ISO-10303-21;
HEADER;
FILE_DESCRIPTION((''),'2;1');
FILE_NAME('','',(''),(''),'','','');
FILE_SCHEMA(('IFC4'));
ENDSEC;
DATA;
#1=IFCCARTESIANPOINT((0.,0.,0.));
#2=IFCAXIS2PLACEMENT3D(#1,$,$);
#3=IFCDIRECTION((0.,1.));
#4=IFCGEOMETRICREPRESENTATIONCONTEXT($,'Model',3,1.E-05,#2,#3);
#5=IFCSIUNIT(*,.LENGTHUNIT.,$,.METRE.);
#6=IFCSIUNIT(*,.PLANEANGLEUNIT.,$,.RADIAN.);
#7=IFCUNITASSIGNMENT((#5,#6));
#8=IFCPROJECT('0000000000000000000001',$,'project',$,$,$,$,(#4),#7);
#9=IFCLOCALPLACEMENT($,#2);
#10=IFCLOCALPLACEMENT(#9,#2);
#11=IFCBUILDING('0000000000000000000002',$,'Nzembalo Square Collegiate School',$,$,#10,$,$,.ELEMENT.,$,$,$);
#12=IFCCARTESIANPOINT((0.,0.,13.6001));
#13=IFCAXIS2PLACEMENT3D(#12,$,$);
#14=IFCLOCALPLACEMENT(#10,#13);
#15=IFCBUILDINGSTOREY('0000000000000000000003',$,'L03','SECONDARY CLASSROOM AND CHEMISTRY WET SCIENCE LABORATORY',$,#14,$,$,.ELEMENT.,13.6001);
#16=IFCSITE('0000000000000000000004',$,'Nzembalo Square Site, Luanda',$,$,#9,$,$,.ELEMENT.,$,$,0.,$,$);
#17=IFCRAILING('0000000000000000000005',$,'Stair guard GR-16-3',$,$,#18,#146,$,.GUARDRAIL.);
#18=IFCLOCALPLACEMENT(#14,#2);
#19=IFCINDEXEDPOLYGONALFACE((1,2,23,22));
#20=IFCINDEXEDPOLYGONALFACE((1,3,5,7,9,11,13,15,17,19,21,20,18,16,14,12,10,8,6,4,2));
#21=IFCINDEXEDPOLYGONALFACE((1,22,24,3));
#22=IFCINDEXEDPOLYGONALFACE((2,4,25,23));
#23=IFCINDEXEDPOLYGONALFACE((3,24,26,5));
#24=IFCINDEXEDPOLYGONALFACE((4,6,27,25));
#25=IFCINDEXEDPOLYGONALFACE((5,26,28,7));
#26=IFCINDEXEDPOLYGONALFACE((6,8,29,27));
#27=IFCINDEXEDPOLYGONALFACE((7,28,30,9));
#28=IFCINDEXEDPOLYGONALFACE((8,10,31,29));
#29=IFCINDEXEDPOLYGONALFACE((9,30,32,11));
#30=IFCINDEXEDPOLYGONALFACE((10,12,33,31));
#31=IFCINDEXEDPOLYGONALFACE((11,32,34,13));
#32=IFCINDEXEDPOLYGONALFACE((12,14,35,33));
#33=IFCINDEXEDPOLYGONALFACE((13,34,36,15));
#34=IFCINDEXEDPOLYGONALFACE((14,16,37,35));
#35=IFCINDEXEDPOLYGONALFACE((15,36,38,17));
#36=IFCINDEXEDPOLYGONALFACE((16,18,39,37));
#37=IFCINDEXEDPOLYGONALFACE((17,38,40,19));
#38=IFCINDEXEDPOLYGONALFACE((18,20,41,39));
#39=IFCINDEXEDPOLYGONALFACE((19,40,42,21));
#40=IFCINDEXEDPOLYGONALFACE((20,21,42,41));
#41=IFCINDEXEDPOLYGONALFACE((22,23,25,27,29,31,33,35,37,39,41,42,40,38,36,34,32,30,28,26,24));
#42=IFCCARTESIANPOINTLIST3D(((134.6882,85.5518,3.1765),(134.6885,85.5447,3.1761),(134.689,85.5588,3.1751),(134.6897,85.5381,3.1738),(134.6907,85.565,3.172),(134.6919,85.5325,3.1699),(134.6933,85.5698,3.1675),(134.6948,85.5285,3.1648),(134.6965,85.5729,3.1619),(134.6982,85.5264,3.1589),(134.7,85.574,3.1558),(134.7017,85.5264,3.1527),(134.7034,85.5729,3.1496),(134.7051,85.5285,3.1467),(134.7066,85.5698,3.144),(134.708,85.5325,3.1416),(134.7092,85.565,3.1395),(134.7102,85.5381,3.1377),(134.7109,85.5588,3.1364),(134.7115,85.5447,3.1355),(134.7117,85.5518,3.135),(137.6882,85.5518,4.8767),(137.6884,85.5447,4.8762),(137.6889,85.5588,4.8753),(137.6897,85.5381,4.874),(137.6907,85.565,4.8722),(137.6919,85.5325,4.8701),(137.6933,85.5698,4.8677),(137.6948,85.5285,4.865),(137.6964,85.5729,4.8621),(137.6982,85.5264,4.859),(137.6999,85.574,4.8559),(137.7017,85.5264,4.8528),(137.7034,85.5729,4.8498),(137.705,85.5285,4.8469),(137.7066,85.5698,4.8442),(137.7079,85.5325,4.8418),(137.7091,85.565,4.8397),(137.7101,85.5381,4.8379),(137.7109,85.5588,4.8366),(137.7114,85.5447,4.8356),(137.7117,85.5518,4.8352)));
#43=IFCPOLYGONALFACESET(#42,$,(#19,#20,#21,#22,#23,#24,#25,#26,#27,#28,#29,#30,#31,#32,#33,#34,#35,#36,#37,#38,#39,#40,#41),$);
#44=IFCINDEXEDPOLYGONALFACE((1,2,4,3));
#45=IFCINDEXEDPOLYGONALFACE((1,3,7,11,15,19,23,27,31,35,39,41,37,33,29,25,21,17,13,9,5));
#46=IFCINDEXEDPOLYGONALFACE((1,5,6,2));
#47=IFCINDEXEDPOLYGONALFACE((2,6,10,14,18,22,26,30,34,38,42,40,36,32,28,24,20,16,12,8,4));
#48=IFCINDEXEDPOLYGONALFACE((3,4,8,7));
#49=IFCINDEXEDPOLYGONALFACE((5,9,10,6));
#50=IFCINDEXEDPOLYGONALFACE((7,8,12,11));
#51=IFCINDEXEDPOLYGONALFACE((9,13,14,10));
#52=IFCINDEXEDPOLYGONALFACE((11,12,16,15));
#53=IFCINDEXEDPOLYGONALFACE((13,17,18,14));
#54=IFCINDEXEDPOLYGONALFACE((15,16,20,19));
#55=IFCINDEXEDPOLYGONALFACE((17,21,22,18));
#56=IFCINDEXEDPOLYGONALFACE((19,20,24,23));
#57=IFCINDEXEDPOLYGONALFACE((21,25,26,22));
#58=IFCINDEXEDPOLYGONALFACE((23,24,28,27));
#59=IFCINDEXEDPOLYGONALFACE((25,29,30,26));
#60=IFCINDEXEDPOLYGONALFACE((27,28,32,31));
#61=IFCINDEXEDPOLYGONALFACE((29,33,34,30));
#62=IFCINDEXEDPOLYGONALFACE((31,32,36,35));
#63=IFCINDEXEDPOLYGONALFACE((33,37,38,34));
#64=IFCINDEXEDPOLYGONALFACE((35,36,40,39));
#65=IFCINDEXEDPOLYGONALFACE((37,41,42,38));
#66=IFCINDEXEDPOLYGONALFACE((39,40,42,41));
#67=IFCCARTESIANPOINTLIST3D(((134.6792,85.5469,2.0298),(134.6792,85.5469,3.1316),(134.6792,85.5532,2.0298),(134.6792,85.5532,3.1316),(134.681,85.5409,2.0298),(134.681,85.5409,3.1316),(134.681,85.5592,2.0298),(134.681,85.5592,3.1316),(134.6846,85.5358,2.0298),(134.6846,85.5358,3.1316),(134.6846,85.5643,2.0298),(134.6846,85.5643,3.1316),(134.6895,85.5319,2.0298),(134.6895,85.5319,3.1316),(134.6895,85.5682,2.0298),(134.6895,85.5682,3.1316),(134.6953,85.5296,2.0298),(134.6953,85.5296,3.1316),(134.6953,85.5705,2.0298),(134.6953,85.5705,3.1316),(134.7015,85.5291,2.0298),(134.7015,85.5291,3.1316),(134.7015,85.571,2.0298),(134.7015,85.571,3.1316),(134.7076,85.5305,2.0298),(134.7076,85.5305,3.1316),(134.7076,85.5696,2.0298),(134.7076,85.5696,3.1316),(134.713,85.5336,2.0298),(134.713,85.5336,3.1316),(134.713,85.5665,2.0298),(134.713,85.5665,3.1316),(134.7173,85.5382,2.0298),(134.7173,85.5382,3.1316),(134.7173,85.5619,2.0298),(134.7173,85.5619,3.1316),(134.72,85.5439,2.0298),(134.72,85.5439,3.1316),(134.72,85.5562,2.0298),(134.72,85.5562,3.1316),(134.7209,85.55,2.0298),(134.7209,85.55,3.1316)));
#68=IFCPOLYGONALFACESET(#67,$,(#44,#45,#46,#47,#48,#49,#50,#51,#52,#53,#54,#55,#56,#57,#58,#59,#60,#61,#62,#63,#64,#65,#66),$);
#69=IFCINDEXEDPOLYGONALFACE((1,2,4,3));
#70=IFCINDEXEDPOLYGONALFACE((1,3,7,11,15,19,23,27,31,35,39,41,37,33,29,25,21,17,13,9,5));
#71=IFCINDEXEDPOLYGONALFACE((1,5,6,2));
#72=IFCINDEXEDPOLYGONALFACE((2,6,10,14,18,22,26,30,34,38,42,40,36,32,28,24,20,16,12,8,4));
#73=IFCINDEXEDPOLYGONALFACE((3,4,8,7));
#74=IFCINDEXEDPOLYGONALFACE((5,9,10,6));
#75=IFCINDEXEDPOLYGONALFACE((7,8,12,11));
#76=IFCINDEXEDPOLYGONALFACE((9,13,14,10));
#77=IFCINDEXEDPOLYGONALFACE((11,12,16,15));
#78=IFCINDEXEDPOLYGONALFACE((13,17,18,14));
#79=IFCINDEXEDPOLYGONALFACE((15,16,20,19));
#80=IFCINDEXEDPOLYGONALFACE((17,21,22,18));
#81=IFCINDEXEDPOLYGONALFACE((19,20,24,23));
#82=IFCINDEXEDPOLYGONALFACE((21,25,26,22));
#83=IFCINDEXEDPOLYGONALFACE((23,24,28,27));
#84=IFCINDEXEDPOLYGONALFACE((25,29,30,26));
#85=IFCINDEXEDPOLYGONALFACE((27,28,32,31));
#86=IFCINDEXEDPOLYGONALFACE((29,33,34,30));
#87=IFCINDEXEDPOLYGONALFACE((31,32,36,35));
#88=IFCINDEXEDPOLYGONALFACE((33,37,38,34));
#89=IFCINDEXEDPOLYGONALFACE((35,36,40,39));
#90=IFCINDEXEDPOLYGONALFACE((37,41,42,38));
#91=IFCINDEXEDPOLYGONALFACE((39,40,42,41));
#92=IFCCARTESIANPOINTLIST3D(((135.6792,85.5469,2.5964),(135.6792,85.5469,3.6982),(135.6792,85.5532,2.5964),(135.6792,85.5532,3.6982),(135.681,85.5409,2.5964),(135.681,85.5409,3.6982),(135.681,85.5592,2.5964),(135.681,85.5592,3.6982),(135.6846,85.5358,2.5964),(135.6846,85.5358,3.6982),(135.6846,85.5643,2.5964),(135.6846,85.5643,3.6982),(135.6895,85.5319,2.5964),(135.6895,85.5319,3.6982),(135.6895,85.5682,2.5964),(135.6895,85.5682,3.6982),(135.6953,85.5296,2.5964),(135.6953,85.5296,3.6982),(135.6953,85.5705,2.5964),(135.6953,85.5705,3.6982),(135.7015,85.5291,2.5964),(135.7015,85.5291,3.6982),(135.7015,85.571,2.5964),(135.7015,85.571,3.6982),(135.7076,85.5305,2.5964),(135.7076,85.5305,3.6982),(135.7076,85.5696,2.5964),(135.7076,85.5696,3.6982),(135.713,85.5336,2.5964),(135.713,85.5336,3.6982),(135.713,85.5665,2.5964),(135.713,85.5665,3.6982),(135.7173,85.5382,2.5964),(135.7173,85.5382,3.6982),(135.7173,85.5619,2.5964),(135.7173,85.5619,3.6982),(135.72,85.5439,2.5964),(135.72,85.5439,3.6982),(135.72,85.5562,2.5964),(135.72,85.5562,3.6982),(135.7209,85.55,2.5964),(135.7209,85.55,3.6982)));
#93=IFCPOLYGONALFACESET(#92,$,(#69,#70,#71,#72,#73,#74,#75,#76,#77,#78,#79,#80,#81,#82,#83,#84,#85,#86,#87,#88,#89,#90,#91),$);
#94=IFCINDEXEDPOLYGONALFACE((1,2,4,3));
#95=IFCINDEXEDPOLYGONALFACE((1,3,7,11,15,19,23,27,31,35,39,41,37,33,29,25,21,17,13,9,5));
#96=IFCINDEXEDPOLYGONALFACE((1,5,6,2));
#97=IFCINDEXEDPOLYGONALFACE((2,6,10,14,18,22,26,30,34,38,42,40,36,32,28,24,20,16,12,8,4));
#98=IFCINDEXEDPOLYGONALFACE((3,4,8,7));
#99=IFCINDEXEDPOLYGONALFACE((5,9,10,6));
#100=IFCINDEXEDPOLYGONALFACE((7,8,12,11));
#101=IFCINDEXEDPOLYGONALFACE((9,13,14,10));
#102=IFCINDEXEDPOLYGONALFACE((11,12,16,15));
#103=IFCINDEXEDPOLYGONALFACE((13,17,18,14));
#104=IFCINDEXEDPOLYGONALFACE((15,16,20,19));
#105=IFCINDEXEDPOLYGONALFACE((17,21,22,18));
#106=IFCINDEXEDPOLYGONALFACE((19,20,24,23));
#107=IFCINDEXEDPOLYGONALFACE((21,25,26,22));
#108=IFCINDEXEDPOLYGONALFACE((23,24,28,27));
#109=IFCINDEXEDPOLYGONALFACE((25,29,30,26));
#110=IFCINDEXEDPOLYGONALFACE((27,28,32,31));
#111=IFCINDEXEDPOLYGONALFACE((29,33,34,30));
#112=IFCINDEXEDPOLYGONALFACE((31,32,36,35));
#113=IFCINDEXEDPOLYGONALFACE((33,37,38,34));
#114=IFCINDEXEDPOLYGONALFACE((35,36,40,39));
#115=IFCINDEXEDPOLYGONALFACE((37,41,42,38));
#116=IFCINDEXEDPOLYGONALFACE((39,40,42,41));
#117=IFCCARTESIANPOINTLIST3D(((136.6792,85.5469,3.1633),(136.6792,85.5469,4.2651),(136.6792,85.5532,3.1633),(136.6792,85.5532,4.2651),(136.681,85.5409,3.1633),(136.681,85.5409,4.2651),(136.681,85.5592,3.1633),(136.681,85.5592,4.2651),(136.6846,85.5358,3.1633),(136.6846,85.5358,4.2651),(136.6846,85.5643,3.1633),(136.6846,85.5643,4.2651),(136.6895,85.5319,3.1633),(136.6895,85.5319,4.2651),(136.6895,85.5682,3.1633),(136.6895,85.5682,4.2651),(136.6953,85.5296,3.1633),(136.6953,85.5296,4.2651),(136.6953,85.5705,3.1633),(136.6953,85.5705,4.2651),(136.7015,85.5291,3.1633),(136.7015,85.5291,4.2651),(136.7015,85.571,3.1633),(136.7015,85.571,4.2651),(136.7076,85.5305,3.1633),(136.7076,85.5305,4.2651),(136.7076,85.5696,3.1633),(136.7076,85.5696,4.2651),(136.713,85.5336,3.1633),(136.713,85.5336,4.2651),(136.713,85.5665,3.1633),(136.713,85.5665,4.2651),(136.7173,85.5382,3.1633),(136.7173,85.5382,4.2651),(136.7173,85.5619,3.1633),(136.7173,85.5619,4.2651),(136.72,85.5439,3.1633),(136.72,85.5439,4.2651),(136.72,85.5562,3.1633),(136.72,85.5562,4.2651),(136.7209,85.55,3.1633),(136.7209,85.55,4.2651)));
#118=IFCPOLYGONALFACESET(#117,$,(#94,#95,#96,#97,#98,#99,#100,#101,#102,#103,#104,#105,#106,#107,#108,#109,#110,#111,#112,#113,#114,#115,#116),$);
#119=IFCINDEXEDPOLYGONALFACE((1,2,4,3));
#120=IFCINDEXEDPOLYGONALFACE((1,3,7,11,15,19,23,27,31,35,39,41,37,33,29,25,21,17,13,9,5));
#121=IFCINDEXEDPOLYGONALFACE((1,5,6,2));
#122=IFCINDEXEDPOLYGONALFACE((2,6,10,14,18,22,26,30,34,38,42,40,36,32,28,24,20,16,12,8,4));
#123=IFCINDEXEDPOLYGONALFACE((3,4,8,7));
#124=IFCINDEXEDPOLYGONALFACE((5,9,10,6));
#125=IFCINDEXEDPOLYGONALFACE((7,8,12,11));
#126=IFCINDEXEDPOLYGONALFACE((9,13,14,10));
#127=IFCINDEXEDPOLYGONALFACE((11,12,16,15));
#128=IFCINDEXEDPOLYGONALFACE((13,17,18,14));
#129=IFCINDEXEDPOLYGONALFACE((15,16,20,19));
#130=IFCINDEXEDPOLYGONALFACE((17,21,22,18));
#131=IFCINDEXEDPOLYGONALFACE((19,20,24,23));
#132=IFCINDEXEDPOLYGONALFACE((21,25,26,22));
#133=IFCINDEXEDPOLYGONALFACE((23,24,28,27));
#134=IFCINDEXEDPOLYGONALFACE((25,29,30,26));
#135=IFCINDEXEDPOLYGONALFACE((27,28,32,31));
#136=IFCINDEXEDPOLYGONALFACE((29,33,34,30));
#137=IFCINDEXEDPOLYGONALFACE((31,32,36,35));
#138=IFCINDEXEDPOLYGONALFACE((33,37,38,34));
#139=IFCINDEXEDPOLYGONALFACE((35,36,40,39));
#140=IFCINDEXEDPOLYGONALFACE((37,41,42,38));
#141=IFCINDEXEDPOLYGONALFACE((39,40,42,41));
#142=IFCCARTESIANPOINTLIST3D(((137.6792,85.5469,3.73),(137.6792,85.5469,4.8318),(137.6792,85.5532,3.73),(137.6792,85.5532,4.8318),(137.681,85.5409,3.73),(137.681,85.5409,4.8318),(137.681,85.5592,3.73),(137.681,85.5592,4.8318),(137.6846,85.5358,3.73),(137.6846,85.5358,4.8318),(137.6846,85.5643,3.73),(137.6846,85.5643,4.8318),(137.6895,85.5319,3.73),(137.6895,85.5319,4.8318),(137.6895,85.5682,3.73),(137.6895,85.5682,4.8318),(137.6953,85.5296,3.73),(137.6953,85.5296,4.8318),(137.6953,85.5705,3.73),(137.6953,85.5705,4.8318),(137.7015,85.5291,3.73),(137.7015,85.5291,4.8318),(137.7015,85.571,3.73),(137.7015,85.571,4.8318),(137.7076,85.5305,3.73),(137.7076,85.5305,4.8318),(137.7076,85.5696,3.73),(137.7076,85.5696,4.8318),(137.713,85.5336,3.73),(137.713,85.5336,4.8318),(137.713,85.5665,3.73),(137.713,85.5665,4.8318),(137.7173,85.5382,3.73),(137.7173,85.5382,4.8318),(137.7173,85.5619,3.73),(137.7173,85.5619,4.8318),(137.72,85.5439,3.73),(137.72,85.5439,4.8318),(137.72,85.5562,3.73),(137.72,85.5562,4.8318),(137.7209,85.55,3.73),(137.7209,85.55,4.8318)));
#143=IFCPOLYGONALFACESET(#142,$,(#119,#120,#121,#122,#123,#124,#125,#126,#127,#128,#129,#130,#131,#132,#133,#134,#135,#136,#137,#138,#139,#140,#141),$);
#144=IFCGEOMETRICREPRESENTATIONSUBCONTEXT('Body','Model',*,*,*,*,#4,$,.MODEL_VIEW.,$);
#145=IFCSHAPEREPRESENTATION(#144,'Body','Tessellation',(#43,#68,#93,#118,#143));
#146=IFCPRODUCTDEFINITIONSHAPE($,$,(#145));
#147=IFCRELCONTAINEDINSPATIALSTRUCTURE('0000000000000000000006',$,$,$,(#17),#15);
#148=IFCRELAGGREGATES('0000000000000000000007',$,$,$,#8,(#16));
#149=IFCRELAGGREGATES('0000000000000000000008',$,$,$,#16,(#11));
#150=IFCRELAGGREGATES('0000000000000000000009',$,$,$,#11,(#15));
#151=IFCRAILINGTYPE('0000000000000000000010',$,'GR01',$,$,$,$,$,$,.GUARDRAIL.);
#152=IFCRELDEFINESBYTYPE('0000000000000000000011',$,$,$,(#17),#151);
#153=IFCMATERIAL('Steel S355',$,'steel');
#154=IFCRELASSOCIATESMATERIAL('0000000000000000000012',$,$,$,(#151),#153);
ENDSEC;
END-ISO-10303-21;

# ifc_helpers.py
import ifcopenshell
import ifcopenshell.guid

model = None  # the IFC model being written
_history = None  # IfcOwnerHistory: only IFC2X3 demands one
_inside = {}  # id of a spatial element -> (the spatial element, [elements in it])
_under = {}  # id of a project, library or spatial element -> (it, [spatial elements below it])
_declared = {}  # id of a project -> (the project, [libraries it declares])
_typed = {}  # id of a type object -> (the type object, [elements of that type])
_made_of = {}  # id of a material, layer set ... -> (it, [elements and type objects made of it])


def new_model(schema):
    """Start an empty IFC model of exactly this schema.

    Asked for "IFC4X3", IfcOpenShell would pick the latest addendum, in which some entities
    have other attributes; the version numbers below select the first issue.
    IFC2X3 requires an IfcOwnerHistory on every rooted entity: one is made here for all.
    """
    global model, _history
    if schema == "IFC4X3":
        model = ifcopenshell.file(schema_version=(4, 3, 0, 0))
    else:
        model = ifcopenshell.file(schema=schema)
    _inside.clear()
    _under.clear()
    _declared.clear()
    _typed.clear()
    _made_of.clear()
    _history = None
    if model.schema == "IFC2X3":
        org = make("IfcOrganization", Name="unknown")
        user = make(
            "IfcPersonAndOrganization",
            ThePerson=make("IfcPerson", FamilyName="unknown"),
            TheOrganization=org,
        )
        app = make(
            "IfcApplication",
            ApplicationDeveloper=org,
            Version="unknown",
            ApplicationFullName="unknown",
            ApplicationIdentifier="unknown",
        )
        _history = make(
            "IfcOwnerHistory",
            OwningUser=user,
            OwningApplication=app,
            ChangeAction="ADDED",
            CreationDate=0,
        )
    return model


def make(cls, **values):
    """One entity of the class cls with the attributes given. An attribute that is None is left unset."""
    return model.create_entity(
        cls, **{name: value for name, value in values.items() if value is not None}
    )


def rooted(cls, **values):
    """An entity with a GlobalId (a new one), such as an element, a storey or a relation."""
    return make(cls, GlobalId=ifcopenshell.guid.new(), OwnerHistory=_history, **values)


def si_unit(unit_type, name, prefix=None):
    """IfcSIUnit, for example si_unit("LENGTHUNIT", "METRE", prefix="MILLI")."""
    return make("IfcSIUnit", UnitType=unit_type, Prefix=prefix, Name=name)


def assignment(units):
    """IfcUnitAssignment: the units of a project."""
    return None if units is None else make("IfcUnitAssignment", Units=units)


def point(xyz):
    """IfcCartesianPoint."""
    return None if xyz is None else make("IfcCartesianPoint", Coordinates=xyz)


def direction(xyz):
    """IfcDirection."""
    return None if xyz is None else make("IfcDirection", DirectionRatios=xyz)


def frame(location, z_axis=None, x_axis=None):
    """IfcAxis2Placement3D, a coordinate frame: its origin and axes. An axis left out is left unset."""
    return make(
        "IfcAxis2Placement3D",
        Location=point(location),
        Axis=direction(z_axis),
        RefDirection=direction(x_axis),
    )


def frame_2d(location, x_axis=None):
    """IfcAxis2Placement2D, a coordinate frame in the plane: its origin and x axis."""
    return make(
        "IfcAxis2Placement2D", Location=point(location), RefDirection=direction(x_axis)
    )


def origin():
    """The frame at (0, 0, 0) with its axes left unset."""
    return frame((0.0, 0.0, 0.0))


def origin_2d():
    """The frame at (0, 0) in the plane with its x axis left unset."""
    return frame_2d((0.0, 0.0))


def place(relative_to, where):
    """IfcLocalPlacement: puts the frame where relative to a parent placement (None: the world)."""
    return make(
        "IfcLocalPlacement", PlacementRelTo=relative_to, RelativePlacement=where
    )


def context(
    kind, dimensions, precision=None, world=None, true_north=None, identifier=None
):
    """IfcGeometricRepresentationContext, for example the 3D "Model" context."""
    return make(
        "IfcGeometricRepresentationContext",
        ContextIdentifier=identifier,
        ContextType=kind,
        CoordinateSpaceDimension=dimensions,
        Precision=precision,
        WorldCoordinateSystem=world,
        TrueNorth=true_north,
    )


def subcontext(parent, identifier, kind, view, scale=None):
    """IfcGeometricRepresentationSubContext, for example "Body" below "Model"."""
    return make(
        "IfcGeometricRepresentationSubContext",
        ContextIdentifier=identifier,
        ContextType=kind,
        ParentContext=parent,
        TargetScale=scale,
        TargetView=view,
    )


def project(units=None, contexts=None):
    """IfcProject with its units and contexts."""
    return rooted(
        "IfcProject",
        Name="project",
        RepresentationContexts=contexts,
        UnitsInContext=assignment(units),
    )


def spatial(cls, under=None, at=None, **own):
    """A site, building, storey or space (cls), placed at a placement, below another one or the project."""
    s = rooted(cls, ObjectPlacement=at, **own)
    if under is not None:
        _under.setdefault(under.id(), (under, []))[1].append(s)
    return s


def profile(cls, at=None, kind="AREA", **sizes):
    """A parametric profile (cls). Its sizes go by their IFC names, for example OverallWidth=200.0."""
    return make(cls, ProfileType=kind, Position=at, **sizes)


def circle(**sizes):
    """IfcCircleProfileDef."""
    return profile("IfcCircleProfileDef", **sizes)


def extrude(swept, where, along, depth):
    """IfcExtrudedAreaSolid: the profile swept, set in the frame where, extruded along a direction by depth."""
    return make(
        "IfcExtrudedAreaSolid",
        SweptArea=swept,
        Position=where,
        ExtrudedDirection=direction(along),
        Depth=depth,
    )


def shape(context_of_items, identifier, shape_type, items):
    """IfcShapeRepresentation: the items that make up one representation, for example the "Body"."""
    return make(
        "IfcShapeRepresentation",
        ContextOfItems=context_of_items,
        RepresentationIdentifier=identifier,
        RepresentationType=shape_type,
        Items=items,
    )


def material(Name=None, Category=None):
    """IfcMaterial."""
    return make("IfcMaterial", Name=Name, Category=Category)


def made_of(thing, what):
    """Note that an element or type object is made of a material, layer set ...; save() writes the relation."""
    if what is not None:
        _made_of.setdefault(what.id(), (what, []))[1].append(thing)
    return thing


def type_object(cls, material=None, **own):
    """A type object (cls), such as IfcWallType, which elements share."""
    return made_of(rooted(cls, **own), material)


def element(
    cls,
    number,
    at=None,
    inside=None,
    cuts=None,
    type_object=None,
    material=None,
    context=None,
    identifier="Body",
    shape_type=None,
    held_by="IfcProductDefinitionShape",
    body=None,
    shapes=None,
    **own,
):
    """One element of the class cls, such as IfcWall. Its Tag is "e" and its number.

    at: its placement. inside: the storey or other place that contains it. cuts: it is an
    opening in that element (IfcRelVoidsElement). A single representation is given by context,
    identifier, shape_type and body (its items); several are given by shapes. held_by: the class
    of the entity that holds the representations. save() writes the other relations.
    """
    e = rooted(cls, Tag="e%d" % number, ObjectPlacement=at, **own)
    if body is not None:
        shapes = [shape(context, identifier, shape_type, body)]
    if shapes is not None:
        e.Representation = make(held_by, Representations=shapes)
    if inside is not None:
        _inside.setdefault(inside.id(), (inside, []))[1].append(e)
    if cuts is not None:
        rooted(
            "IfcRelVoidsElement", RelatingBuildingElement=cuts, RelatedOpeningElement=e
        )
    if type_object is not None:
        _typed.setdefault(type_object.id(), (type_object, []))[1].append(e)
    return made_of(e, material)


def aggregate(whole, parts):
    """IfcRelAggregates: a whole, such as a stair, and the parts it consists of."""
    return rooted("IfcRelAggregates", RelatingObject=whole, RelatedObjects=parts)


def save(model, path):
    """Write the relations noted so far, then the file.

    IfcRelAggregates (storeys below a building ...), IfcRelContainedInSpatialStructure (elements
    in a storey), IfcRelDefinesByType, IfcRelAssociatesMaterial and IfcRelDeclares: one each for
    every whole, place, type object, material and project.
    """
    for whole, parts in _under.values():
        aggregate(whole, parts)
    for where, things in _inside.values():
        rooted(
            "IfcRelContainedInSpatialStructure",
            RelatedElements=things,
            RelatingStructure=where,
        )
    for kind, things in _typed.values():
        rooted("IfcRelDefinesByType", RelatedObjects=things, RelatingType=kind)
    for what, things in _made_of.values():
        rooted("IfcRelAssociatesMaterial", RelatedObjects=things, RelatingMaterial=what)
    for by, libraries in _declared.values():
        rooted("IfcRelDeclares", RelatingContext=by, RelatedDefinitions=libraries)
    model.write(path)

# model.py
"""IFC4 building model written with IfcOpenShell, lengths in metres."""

from ifc_helpers import new_model, si_unit, direction, frame, origin, origin_2d, place, context, subcontext, project, spatial, circle, extrude, material, type_object, element, save


model = new_model("IFC4")

# Units and contexts
model_context = context("Model", 3, precision=1e-05, world=origin(), true_north=direction((0.0, 1.0)))
body_context = subcontext(model_context, "Body", "Model", "MODEL_VIEW")
ifc_project = project(units=[si_unit("LENGTHUNIT", "METRE"), si_unit("PLANEANGLEUNIT", "RADIAN")], contexts=[model_context])

# Site, building, storey
site_placement = place(None, origin())
site = spatial("IfcSite", under=ifc_project, at=site_placement, Name="Nzembalo Square Site, Luanda", CompositionType="ELEMENT", RefElevation=0.0)
building_placement = place(site_placement, origin())
building = spatial("IfcBuilding", under=site, at=building_placement, Name="Nzembalo Square Collegiate School", CompositionType="ELEMENT")
storey_placement = place(building_placement, frame((0.0, 0.0, 13.6001)))
storey = spatial("IfcBuildingStorey", under=building, at=storey_placement, Name="L03", Description="SECONDARY CLASSROOM AND CHEMISTRY WET SCIENCE LABORATORY", CompositionType="ELEMENT", Elevation=13.6001)

# Railing
ifc_material_1 = material(Name="Steel S355", Category="steel")
railing_type_1 = type_object("IfcRailingType", Name="GR01", PredefinedType="GUARDRAIL", material=ifc_material_1)
railing_1_placement = place(storey_placement, frame((134.7, 85.55, 2.0298)))
element("IfcRailing", 1, at=railing_1_placement, inside=storey, type_object=railing_type_1, Name="Stair guard GR-16-3", PredefinedType="GUARDRAIL", context=body_context, shape_type="SweptSolid", body=[
    extrude(circle(Radius=0.0239, at=origin_2d()), frame((0.0, 0.0, 1.126), z_axis=(0.869998, 0.0, 0.493055), x_axis=(0.0, 1.0, 0.0)), (0.0, 0.0, 1.0), 3.4482),
    extrude(circle(Radius=0.021, at=origin_2d()), origin(), (0.0, 0.0, 1.0), 1.1018),
    extrude(circle(Radius=0.021, at=origin_2d()), frame((1.0, 0.0, 0.5667)), (0.0, 0.0, 1.0), 1.1018),
    extrude(circle(Radius=0.021, at=origin_2d()), frame((2.0, 0.0, 1.1335)), (0.0, 0.0, 1.0), 1.1018),
    extrude(circle(Radius=0.021, at=origin_2d()), frame((3.0, 0.0, 1.7002)), (0.0, 0.0, 1.0), 1.1018),
])

save(model, "model.ifc")
